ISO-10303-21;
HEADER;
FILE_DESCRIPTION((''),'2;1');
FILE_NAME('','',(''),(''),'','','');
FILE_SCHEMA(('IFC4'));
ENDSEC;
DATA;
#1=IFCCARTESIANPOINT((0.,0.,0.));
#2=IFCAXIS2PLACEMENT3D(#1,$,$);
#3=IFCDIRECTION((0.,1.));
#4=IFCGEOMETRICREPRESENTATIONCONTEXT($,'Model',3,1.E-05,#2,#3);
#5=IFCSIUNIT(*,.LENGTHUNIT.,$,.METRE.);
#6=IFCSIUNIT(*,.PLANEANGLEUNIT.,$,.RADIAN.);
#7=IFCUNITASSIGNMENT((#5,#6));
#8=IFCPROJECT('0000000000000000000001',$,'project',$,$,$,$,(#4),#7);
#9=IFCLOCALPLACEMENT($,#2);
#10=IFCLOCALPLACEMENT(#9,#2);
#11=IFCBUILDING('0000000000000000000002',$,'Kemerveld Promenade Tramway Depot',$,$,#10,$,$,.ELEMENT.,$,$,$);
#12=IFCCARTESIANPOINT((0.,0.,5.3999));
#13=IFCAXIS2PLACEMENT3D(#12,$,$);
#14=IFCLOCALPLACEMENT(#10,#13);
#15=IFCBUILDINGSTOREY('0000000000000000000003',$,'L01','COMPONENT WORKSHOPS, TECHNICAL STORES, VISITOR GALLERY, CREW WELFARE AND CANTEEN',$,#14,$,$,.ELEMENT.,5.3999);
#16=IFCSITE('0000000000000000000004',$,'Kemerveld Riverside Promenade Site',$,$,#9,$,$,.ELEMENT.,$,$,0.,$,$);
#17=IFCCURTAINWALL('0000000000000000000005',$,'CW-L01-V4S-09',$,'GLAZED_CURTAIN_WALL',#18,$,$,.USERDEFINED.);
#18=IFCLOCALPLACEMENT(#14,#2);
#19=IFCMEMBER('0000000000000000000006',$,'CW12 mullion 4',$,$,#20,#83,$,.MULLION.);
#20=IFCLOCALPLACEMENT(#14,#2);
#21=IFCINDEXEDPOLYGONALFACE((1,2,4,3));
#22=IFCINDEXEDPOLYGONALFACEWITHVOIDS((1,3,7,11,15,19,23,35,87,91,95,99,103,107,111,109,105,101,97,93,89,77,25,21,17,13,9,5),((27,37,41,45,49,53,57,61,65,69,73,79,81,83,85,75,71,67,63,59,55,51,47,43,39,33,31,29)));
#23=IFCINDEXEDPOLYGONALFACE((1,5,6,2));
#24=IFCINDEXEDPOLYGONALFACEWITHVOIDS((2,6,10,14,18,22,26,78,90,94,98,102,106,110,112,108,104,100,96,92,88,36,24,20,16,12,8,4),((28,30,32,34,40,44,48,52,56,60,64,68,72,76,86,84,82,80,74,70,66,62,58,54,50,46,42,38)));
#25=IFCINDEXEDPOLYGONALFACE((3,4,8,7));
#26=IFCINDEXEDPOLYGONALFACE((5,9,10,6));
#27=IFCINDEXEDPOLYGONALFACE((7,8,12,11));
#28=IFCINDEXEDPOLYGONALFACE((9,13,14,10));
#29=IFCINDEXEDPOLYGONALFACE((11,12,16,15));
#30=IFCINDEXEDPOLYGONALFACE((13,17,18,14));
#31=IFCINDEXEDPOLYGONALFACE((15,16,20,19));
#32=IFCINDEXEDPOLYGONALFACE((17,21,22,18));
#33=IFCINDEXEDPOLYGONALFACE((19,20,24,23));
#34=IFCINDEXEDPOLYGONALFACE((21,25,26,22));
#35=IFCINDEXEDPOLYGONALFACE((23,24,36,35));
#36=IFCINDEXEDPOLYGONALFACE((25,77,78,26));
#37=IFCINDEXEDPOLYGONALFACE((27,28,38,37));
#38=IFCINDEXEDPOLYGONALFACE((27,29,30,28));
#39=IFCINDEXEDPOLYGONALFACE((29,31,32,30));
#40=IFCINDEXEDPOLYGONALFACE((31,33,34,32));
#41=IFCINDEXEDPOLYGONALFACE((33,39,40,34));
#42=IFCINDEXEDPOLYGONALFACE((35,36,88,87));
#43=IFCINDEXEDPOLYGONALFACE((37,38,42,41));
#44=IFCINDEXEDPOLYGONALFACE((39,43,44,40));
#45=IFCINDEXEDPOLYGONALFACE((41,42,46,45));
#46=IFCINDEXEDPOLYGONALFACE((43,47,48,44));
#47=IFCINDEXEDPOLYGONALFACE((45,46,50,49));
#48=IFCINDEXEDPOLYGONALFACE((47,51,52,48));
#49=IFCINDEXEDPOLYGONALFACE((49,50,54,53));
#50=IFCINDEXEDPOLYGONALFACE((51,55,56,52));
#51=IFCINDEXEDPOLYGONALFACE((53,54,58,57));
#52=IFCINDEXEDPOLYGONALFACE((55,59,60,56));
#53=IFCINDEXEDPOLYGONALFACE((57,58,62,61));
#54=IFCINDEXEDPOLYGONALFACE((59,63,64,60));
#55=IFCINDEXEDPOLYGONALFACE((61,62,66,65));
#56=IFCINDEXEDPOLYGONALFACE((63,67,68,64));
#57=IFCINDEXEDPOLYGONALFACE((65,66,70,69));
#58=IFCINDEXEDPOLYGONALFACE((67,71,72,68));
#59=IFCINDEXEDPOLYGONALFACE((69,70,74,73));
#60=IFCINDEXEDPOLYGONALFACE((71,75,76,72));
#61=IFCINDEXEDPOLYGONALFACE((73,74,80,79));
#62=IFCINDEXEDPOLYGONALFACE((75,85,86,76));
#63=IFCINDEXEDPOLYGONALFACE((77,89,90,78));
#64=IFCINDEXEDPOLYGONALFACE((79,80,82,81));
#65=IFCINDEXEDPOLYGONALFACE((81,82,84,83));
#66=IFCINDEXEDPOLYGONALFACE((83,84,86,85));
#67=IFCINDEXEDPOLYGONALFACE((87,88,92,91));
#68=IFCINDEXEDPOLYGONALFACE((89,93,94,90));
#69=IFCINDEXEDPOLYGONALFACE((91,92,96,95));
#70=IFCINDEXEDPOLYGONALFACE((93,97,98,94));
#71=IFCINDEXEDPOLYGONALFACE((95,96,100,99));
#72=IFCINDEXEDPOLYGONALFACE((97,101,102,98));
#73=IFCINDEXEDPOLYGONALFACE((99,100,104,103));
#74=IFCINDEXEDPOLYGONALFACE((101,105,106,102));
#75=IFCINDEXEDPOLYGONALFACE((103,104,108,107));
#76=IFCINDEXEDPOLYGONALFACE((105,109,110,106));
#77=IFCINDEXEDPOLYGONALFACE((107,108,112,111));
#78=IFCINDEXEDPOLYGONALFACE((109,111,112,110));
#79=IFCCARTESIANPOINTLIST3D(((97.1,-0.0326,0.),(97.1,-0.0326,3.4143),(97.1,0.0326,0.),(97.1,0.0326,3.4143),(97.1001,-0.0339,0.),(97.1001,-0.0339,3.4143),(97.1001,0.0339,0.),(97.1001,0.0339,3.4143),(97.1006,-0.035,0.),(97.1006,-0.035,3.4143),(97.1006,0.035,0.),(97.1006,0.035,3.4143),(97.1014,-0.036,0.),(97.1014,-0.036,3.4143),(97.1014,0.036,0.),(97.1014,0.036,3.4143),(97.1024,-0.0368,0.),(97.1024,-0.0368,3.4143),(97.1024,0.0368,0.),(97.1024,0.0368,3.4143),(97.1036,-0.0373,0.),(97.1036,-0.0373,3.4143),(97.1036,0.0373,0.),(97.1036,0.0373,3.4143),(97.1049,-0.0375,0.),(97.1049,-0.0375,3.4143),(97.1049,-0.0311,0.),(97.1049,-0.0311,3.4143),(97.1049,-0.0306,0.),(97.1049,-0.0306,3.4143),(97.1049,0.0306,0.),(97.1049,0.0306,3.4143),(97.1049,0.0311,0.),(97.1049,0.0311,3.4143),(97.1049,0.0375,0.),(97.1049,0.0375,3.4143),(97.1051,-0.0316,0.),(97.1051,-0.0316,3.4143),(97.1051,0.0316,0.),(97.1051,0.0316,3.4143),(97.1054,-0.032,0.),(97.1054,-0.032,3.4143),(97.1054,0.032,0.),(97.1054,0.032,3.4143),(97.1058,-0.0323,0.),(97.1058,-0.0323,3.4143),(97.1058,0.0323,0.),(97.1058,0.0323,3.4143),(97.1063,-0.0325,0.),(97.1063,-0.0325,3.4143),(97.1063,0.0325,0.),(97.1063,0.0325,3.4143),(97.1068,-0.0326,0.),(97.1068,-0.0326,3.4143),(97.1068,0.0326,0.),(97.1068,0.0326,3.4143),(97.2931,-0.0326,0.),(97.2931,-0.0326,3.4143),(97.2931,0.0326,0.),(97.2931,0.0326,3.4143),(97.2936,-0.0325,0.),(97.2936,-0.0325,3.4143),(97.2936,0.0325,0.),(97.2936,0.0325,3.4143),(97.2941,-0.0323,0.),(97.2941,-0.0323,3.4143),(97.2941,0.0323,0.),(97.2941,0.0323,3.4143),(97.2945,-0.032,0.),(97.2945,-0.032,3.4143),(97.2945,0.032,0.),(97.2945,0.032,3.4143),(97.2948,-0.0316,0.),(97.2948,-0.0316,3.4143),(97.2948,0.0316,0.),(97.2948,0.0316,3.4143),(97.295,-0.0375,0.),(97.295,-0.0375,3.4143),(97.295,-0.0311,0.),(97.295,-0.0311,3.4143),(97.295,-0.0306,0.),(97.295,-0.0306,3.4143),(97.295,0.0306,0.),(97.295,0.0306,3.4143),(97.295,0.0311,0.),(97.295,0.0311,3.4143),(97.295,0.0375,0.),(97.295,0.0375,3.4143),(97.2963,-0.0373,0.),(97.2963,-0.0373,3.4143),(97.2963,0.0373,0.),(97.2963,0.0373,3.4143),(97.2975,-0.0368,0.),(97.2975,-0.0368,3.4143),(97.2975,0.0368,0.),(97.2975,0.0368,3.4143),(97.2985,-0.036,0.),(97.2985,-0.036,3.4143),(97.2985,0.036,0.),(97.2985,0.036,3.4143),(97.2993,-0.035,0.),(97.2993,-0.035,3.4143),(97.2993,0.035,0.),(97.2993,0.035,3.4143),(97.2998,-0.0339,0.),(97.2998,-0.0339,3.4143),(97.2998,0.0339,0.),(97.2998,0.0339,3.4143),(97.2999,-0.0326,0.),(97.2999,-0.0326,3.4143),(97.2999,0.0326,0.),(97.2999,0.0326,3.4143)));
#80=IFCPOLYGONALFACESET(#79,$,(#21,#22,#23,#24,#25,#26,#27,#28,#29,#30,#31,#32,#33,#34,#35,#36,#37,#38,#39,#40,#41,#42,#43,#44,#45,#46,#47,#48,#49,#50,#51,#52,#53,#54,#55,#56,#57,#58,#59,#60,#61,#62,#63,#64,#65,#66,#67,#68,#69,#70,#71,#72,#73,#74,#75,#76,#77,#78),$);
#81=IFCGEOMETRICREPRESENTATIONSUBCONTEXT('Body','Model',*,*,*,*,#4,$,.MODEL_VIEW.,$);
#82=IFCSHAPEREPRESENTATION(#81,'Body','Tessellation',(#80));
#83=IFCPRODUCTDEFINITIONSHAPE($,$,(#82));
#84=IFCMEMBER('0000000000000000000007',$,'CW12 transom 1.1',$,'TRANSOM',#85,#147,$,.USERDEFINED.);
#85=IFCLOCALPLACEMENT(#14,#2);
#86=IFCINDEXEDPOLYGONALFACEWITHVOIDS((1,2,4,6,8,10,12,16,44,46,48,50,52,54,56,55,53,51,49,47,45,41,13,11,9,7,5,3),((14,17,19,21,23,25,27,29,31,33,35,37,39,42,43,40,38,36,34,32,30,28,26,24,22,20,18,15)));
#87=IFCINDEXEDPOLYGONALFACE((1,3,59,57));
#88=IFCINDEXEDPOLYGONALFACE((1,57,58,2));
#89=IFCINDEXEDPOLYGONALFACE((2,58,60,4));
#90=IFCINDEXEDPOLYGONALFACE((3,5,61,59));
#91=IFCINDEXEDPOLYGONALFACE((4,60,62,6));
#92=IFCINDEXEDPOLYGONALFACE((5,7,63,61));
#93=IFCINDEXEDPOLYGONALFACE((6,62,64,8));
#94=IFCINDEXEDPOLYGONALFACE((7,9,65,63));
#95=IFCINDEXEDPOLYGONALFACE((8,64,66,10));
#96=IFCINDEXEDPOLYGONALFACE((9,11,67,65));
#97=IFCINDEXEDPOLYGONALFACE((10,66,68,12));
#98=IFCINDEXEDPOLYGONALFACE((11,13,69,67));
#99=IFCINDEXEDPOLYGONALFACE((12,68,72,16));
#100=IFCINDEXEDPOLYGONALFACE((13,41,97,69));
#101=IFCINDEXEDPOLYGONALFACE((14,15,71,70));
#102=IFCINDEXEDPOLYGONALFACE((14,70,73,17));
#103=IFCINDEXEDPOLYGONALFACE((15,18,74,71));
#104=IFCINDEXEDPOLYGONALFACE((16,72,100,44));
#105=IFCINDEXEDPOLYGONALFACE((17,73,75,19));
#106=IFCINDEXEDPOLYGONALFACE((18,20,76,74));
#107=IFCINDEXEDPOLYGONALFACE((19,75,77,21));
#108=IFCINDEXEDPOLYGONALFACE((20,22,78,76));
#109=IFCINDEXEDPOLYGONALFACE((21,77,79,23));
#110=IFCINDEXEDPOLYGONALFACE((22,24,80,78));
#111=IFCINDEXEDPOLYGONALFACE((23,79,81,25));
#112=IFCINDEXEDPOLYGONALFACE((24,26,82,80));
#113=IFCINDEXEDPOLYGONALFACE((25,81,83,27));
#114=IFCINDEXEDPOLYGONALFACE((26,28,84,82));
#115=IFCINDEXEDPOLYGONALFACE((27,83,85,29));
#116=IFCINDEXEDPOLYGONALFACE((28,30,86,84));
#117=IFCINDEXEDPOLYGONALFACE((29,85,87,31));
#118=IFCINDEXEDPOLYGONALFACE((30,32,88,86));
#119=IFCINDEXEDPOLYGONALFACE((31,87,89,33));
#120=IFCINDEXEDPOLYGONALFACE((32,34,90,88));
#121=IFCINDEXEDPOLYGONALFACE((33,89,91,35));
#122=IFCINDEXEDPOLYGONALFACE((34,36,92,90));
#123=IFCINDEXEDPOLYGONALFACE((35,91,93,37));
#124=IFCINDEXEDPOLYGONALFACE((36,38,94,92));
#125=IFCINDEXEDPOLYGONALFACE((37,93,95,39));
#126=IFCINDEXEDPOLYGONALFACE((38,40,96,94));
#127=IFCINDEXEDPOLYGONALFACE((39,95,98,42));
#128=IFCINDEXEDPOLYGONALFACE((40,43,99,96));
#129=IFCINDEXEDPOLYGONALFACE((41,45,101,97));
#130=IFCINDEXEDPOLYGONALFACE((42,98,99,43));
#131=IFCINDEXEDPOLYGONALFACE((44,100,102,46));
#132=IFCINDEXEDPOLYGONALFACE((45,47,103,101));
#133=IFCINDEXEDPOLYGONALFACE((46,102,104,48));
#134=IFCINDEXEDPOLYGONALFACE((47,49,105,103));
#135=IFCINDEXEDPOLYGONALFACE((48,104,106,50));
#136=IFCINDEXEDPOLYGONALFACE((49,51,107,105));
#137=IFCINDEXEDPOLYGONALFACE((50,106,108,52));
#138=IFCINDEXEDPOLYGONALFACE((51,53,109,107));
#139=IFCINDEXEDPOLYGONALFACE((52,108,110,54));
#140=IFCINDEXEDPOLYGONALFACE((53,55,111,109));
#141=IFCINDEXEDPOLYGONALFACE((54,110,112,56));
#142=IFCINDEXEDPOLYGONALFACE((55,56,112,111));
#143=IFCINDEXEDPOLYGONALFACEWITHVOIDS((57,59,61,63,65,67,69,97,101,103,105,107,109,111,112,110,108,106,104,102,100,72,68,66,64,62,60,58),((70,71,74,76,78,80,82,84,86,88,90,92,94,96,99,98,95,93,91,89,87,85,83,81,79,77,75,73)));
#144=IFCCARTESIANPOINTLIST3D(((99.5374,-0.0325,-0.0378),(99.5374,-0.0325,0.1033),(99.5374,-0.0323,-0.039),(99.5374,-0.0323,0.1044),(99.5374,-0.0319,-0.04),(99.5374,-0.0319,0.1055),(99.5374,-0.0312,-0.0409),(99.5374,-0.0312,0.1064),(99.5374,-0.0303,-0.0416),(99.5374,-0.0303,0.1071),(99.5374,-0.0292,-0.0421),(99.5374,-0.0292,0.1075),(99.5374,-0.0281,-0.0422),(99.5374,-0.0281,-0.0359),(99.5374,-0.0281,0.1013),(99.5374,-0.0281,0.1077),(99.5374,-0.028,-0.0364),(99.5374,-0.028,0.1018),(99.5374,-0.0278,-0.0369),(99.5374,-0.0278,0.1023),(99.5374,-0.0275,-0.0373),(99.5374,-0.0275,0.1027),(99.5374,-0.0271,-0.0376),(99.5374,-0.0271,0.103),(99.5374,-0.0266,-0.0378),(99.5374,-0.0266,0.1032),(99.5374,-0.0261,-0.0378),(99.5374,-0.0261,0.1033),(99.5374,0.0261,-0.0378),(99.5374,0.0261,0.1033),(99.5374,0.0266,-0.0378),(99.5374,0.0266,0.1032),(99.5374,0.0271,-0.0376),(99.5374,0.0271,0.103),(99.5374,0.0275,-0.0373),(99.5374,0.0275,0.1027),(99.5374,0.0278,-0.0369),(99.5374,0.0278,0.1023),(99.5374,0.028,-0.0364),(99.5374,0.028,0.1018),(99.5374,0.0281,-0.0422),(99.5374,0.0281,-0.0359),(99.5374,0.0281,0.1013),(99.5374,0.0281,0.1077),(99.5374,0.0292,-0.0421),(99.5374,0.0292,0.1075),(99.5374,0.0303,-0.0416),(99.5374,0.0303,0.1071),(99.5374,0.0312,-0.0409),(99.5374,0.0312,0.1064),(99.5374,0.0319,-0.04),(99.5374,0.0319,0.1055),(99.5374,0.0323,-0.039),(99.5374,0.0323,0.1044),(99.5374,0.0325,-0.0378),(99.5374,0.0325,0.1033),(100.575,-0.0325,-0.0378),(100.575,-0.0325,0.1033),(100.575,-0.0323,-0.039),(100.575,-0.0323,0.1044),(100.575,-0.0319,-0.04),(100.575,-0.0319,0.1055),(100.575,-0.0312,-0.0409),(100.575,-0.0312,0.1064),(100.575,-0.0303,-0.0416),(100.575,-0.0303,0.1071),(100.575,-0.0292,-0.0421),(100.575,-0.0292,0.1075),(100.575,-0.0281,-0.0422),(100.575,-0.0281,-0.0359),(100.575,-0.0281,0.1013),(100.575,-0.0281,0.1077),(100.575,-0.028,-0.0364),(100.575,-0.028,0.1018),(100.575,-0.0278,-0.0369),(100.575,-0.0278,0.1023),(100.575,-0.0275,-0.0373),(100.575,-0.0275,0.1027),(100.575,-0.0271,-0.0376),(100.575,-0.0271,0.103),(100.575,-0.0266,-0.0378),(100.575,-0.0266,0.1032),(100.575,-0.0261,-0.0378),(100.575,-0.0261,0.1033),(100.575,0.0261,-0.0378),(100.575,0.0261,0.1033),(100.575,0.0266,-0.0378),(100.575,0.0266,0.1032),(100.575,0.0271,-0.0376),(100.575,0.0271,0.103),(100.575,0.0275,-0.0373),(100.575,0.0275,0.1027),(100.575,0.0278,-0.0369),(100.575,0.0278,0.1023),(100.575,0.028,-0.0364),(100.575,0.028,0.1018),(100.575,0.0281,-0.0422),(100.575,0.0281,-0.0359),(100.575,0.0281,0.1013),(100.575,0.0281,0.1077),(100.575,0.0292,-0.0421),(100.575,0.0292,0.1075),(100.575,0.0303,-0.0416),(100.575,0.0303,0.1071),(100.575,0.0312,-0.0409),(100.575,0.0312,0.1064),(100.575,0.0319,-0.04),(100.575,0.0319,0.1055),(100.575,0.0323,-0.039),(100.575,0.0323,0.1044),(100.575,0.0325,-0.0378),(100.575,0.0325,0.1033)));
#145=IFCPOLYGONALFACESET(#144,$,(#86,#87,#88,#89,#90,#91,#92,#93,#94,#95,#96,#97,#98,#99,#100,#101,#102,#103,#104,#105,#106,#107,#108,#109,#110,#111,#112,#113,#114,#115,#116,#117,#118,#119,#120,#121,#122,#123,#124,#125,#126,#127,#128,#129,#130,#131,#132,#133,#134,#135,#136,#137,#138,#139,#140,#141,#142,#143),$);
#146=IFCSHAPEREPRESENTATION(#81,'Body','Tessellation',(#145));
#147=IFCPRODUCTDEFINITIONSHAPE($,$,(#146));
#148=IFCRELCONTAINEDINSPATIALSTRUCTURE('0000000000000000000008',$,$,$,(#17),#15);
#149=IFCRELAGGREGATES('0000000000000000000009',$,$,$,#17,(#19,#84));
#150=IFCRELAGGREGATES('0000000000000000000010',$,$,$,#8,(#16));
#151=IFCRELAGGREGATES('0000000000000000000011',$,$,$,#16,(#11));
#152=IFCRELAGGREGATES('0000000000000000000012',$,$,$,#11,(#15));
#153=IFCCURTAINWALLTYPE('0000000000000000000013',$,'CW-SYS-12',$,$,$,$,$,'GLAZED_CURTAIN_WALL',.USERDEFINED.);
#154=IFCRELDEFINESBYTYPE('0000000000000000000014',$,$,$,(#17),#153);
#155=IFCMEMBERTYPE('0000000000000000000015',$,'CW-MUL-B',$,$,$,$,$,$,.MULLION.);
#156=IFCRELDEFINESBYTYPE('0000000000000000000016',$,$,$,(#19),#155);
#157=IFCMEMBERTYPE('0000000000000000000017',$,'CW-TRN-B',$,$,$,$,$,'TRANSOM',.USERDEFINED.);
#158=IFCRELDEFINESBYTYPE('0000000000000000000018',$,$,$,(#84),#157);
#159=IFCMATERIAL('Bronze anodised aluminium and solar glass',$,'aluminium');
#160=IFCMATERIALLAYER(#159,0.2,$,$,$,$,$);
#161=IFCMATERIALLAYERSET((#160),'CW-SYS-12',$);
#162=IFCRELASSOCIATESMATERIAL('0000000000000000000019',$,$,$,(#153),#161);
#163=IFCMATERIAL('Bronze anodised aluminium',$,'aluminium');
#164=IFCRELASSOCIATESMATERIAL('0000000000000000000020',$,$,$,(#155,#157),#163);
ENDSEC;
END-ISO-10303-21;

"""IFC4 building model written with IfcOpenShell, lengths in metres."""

from ifc_helpers import new_model, si_unit, direction, frame, origin, origin_2d, place, context, subcontext, project, spatial, hollow_rectangle, extrude, material, layer, layer_set, material_profile, profile_set, type_object, element, aggregate, save


model = new_model("IFC4")

# Units and contexts
model_context = context("Model", 3, precision=1e-05, world=origin(), true_north=direction((0.0, 1.0)))
body_context = subcontext(model_context, "Body", "Model", "MODEL_VIEW")
ifc_project = project(units=[si_unit("LENGTHUNIT", "METRE"), si_unit("PLANEANGLEUNIT", "RADIAN")], contexts=[model_context])

# Site, building, storey
site_placement = place(None, origin())
site = spatial("IfcSite", under=ifc_project, at=site_placement, Name="Kemerveld Riverside Promenade Site", CompositionType="ELEMENT", RefElevation=0.0)
building_placement = place(site_placement, origin())
building = spatial("IfcBuilding", under=site, at=building_placement, Name="Kemerveld Promenade Tramway Depot", CompositionType="ELEMENT")
storey_placement = place(building_placement, frame((0.0, 0.0, 5.3999)))
storey = spatial("IfcBuildingStorey", under=building, at=storey_placement, Name="L01", Description="COMPONENT WORKSHOPS, TECHNICAL STORES, VISITOR GALLERY, CREW WELFARE AND CANTEEN", CompositionType="ELEMENT", Elevation=5.3999)

# Curtain wall, members
ifc_material_1 = material(Name="Bronze anodised aluminium and solar glass", Category="aluminium")
ifc_layer_1 = layer(ifc_material_1, 0.2)
ifc_layer_set_1 = layer_set([ifc_layer_1], Name="CW-SYS-12")
curtain_wall_type = type_object("IfcCurtainWallType", Name="CW-SYS-12", ElementType="GLAZED_CURTAIN_WALL", PredefinedType="USERDEFINED", material=ifc_layer_set_1)
curtain_wall_placement = place(storey_placement, origin())
curtain_wall = element("IfcCurtainWall", 1, at=curtain_wall_placement, inside=storey, type_object=curtain_wall_type, Name="CW-L01-V4S-09", ObjectType="GLAZED_CURTAIN_WALL", PredefinedType="USERDEFINED")
ifc_material_2 = material(Name="Bronze anodised aluminium", Category="aluminium")
ifc_material_profile_1 = material_profile(ifc_material_2, hollow_rectangle(XDim=0.075, YDim=0.2, WallThickness=0.0049, InnerFilletRadius=0.002, OuterFilletRadius=0.0049, at=origin_2d()), Name="CW-MUL-200x75")
ifc_profile_set_1 = profile_set([ifc_material_profile_1], Name="Bronze anodised aluminium")
member_type_1 = type_object("IfcMemberType", Name="CW-MUL-B", PredefinedType="MULLION", material=ifc_profile_set_1)
member_1_placement = place(storey_placement, frame((97.2, 0.0, 0.0), z_axis=(0.0, 0.0, 1.0), x_axis=(0.0, -1.0, 0.0)))
member_1 = element("IfcMember", 2, at=member_1_placement, type_object=member_type_1, Name="CW12 mullion 4", PredefinedType="MULLION", context=body_context, shape_type="SweptSolid", body=[
    extrude(hollow_rectangle(XDim=0.075, YDim=0.2, WallThickness=0.0049, InnerFilletRadius=0.002, OuterFilletRadius=0.0049, at=origin_2d()), origin(), (0.0, 0.0, 1.0), 3.4143),
])
ifc_material_profile_2 = material_profile(ifc_material_2, hollow_rectangle(XDim=0.0649, YDim=0.1499, WallThickness=0.0044, InnerFilletRadius=0.002, OuterFilletRadius=0.0044, at=origin_2d()), Name="CW-TRN-150x65")
ifc_profile_set_2 = profile_set([ifc_material_profile_2], Name="Bronze anodised aluminium")
member_type_2 = type_object("IfcMemberType", Name="CW-TRN-B", ElementType="TRANSOM", PredefinedType="USERDEFINED", material=ifc_profile_set_2)
member_2_placement = place(storey_placement, frame((100.575, 0.0, 0.0327), z_axis=(-1.0, 0.0, 0.0), x_axis=(0.0, -1.0, 0.0)))
member_2 = element("IfcMember", 3, at=member_2_placement, type_object=member_type_2, Name="CW12 transom 1.1", ObjectType="TRANSOM", PredefinedType="USERDEFINED", context=body_context, shape_type="SweptSolid", body=[
    extrude(hollow_rectangle(XDim=0.0649, YDim=0.1499, WallThickness=0.0044, InnerFilletRadius=0.002, OuterFilletRadius=0.0044, at=origin_2d()), origin(), (0.0, 0.0, 1.0), 1.0376),
])
aggregate(curtain_wall, [member_1, member_2])

save(model, "model.ifc")
